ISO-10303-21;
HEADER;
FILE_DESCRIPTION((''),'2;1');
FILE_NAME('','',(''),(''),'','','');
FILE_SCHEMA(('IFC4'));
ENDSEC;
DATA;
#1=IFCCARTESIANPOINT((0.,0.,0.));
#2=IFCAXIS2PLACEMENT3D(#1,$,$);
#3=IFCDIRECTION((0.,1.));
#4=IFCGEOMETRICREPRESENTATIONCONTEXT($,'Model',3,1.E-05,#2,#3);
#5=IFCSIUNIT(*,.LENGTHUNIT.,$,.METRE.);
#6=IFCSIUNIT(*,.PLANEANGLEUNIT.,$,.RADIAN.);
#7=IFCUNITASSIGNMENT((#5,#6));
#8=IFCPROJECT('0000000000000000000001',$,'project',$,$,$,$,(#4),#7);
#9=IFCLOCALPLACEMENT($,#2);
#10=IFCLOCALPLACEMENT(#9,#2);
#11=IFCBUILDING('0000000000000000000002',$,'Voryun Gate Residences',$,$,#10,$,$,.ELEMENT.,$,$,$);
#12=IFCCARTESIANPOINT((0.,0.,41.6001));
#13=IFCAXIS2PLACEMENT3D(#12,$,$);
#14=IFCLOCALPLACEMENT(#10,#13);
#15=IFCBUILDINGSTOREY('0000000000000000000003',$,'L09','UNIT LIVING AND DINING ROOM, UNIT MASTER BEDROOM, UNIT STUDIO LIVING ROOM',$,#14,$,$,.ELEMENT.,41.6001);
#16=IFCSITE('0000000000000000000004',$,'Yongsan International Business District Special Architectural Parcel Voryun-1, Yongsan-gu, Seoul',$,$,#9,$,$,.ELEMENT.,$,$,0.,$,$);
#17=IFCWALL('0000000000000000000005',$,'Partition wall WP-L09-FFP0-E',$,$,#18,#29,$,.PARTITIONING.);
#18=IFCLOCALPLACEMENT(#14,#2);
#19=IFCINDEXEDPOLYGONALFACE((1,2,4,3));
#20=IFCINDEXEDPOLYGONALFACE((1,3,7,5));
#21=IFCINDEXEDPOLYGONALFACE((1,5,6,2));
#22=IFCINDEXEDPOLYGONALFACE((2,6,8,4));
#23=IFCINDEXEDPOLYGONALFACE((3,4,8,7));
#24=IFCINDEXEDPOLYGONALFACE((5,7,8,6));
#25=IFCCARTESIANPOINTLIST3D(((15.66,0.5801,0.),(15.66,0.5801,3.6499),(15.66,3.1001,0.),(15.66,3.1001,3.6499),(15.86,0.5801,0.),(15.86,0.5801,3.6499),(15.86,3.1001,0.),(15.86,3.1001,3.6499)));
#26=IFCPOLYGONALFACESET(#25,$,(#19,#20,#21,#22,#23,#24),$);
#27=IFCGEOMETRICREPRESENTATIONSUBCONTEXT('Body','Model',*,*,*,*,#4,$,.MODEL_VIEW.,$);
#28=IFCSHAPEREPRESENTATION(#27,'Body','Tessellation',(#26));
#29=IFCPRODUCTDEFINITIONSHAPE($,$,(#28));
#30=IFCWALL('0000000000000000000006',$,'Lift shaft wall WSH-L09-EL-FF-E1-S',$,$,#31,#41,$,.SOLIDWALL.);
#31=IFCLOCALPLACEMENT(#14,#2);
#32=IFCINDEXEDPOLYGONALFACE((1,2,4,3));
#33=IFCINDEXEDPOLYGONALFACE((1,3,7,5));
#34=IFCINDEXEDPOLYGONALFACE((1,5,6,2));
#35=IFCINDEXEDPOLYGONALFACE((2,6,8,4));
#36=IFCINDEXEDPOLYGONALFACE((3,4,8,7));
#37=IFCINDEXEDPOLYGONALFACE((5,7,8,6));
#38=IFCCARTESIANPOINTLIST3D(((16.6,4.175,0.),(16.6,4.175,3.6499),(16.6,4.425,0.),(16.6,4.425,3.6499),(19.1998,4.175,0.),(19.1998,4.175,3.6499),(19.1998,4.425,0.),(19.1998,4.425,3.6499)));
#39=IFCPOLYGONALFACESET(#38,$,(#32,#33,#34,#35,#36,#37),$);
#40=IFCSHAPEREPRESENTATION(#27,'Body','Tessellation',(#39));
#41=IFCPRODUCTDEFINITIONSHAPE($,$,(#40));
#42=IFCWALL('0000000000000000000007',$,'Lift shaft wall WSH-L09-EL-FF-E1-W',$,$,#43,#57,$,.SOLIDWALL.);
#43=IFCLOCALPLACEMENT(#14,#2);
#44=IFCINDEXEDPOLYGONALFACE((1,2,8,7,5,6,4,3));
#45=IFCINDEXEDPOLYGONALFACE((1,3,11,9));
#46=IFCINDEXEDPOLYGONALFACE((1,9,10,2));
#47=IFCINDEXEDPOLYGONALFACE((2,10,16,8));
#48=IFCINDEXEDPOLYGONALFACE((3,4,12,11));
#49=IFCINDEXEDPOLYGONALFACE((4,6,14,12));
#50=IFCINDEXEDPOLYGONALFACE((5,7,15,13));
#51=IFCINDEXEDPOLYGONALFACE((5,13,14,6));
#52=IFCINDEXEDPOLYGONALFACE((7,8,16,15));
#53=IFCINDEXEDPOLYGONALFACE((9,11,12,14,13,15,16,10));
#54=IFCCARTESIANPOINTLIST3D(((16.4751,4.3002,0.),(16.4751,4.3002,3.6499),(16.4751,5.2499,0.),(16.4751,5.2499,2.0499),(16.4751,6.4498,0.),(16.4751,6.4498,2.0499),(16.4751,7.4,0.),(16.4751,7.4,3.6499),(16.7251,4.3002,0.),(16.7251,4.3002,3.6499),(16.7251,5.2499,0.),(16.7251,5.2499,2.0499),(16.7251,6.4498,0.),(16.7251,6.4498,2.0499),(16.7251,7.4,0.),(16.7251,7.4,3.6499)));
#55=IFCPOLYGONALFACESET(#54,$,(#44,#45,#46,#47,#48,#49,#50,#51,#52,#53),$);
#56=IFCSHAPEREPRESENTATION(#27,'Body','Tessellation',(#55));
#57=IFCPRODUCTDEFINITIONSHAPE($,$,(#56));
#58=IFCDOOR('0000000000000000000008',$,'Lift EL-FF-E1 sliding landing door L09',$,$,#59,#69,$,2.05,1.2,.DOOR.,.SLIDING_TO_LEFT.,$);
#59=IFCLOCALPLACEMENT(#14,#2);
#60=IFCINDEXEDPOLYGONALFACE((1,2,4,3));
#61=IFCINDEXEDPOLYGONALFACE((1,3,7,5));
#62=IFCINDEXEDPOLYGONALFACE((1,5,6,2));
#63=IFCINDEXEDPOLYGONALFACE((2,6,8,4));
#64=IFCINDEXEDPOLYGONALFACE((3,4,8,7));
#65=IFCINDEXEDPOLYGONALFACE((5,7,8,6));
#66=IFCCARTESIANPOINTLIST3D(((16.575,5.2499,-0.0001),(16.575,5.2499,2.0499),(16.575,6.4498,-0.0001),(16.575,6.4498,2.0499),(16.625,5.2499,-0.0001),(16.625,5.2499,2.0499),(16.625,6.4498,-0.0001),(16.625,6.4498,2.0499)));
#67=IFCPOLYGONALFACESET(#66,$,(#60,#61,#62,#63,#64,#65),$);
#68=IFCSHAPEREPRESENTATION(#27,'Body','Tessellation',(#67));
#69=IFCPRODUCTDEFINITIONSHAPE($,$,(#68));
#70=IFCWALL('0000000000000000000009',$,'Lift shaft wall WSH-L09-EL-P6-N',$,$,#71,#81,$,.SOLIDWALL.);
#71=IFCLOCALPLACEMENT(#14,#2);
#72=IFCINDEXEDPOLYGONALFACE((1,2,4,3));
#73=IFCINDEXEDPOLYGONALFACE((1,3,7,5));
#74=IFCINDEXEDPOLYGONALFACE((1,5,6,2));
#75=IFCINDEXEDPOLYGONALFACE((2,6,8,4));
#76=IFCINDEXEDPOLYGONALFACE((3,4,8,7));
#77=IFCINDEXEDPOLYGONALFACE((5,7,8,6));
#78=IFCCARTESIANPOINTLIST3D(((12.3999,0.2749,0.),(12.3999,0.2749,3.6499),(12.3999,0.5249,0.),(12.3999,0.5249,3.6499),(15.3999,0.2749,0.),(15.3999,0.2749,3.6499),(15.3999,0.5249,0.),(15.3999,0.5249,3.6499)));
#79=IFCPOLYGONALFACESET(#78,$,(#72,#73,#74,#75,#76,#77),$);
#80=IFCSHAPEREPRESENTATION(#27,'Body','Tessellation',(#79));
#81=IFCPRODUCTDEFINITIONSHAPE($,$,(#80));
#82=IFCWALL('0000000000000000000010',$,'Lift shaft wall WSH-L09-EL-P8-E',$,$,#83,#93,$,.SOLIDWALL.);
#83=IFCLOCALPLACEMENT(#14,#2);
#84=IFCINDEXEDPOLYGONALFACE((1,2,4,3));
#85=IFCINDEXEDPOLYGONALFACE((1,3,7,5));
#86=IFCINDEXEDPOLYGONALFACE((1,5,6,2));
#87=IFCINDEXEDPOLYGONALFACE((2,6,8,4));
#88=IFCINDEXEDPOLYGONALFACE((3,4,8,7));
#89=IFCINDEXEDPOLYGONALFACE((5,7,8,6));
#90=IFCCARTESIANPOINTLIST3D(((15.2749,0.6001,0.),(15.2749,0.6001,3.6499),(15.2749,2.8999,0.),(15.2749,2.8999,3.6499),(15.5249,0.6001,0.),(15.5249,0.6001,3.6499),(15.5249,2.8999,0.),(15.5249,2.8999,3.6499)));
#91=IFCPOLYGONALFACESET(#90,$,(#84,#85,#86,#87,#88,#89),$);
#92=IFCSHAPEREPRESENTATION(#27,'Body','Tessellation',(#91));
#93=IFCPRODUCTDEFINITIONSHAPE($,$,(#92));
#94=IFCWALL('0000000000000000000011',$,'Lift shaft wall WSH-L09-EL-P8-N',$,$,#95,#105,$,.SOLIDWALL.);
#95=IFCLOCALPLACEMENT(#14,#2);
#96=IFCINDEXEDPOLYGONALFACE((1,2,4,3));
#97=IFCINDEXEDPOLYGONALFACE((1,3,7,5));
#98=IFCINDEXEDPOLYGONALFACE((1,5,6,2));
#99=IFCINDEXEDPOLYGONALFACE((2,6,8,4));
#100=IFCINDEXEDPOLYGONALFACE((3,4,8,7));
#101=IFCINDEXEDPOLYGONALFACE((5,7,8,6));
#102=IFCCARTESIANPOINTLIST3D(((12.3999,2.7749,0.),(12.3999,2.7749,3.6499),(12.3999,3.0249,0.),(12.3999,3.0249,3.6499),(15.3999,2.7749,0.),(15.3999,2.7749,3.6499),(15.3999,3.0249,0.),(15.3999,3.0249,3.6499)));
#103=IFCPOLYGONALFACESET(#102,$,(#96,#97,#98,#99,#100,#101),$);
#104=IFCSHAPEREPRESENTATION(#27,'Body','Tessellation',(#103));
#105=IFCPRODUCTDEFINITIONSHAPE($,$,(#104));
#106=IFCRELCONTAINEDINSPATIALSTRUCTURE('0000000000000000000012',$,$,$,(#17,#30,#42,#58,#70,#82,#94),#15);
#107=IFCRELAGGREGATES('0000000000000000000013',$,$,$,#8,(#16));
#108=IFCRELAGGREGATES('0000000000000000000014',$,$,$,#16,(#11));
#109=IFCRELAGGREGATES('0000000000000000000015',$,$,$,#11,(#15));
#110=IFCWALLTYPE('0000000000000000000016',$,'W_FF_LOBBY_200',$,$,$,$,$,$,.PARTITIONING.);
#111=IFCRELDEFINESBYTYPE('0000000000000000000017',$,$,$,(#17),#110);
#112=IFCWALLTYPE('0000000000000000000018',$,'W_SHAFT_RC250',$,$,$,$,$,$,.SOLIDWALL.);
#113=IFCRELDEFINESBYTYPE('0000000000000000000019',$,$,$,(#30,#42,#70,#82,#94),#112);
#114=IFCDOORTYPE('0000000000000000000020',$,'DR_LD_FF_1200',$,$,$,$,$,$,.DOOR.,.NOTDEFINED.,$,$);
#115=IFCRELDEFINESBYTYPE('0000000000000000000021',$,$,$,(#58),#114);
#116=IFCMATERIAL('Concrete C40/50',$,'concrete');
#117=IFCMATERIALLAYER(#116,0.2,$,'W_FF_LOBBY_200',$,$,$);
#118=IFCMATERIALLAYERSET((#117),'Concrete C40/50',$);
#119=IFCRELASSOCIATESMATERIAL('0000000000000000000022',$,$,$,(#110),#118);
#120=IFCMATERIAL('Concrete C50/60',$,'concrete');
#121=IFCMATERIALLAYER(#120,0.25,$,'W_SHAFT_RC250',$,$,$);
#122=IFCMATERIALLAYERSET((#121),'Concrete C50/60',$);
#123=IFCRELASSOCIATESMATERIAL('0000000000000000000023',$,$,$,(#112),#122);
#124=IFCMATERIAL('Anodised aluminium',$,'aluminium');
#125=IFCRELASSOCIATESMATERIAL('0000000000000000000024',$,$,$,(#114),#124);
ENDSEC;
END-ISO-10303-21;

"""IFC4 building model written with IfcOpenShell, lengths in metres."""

from ifc_helpers import new_model, si_unit, direction, frame, frame_2d, origin, place, context, subcontext, project, spatial, rectangle, extrude, material, layer, layer_set, type_object, element, fill, save


model = new_model("IFC4")

# Units and contexts
model_context = context("Model", 3, precision=1e-05, world=origin(), true_north=direction((0.0, 1.0)))
body_context = subcontext(model_context, "Body", "Model", "MODEL_VIEW")
ifc_project = project(units=[si_unit("LENGTHUNIT", "METRE"), si_unit("PLANEANGLEUNIT", "RADIAN")], contexts=[model_context])

# Site, building, storey
site_placement = place(None, origin())
site = spatial("IfcSite", under=ifc_project, at=site_placement, Name="Yongsan International Business District Special Architectural Parcel Voryun-1, Yongsan-gu, Seoul", CompositionType="ELEMENT", RefElevation=0.0)
building_placement = place(site_placement, origin())
building = spatial("IfcBuilding", under=site, at=building_placement, Name="Voryun Gate Residences", CompositionType="ELEMENT")
storey_placement = place(building_placement, frame((0.0, 0.0, 41.6001)))
storey = spatial("IfcBuildingStorey", under=building, at=storey_placement, Name="L09", Description="UNIT LIVING AND DINING ROOM, UNIT MASTER BEDROOM, UNIT STUDIO LIVING ROOM", CompositionType="ELEMENT", Elevation=41.6001)

# Walls
ifc_material_1 = material(Name="Concrete C40/50", Category="concrete")
ifc_layer_1 = layer(ifc_material_1, 0.2, Name="W_FF_LOBBY_200")
ifc_layer_set_1 = layer_set([ifc_layer_1], Name="Concrete C40/50")
wall_type_1 = type_object("IfcWallType", Name="W_FF_LOBBY_200", PredefinedType="PARTITIONING", material=ifc_layer_set_1)
wall_1_placement = place(storey_placement, frame((15.76, 0.5801, 0.0), z_axis=(0.0, 0.0, 1.0), x_axis=(0.0, 1.0, 0.0)))
element("IfcWall", 1, at=wall_1_placement, inside=storey, type_object=wall_type_1, Name="Partition wall WP-L09-FFP0-E", PredefinedType="PARTITIONING", context=body_context, shape_type="SweptSolid", body=[
    extrude(rectangle(XDim=2.52, YDim=0.2, at=frame_2d((1.26, 0.0))), origin(), (0.0, 0.0, 1.0), 3.6499),
])
ifc_material_2 = material(Name="Concrete C50/60", Category="concrete")
ifc_layer_2 = layer(ifc_material_2, 0.25, Name="W_SHAFT_RC250")
ifc_layer_set_2 = layer_set([ifc_layer_2], Name="Concrete C50/60")
wall_type_2 = type_object("IfcWallType", Name="W_SHAFT_RC250", PredefinedType="SOLIDWALL", material=ifc_layer_set_2)
wall_2_placement = place(storey_placement, frame((16.6001, 4.3, 0.0), z_axis=(0.0, 0.0, 1.0), x_axis=(1.0, 0.0, 0.0)))
element("IfcWall", 2, at=wall_2_placement, inside=storey, type_object=wall_type_2, Name="Lift shaft wall WSH-L09-EL-FF-E1-S", PredefinedType="SOLIDWALL", context=body_context, shape_type="SweptSolid", body=[
    extrude(rectangle(XDim=2.5999, YDim=0.25, at=frame_2d((1.2998, 0.0))), origin(), (0.0, 0.0, 1.0), 3.6499),
])

# Wall, opening, door
wall_3_placement = place(storey_placement, frame((16.6001, 7.3999, 0.0), z_axis=(0.0, 0.0, 1.0), x_axis=(0.0, -1.0, 0.0)))
wall_3 = element("IfcWall", 3, at=wall_3_placement, inside=storey, type_object=wall_type_2, Name="Lift shaft wall WSH-L09-EL-FF-E1-W", PredefinedType="SOLIDWALL", context=body_context, shape_type="SweptSolid", body=[
    extrude(rectangle(XDim=3.0999, YDim=0.25, at=frame_2d((1.5498, 0.0))), origin(), (0.0, 0.0, 1.0), 3.6499),
])
opening_1_placement = place(wall_3_placement, frame((0.95, 0.0, 0.0)))
opening_1 = element("IfcOpeningElement", 4, at=opening_1_placement, cuts=wall_3, PredefinedType="OPENING", context=body_context, shape_type="SweptSolid", body=[
    extrude(rectangle(XDim=1.2, YDim=2.05, at=frame_2d((0.6001, 1.0249))), frame((0.0, 0.135, 0.0), z_axis=(0.0, -1.0, 0.0), x_axis=(1.0, 0.0, 0.0)), (0.0, 0.0, 1.0), 0.27),
])
ifc_material_3 = material(Name="Anodised aluminium", Category="aluminium")
door_type_1 = type_object("IfcDoorType", Name="DR_LD_FF_1200", OperationType="NOTDEFINED", PredefinedType="DOOR", material=ifc_material_3)
door_1_placement = place(opening_1_placement, origin())
door_1 = element("IfcDoor", 5, at=door_1_placement, inside=storey, type_object=door_type_1, Name="Lift EL-FF-E1 sliding landing door L09", OperationType="SLIDING_TO_LEFT", OverallHeight=2.05, OverallWidth=1.2, PredefinedType="DOOR", context=body_context, shape_type="SweptSolid", body=[
    extrude(rectangle(XDim=1.2, YDim=2.05, at=frame_2d((0.6001, 1.0249))), frame((0.0, 0.0249, 0.0), z_axis=(0.0, -1.0, 0.0), x_axis=(1.0, 0.0, 0.0)), (0.0, 0.0, 1.0), 0.05),
])
fill(opening_1, door_1)

# Walls
wall_4_placement = place(storey_placement, frame((15.3999, 0.3999, 0.0), z_axis=(0.0, 0.0, 1.0), x_axis=(-1.0, 0.0, 0.0)))
element("IfcWall", 6, at=wall_4_placement, inside=storey, type_object=wall_type_2, Name="Lift shaft wall WSH-L09-EL-P6-N", PredefinedType="SOLIDWALL", context=body_context, shape_type="SweptSolid", body=[
    extrude(rectangle(XDim=3.0, YDim=0.25, at=frame_2d((1.5, 0.0))), origin(), (0.0, 0.0, 1.0), 3.6499),
])
wall_5_placement = place(storey_placement, frame((15.3999, 0.6001, 0.0), z_axis=(0.0, 0.0, 1.0), x_axis=(0.0, 1.0, 0.0)))
element("IfcWall", 7, at=wall_5_placement, inside=storey, type_object=wall_type_2, Name="Lift shaft wall WSH-L09-EL-P8-E", PredefinedType="SOLIDWALL", context=body_context, shape_type="SweptSolid", body=[
    extrude(rectangle(XDim=2.2998, YDim=0.25, at=frame_2d((1.1499, 0.0))), origin(), (0.0, 0.0, 1.0), 3.6499),
])
wall_6_placement = place(storey_placement, frame((15.3999, 2.8999, 0.0), z_axis=(0.0, 0.0, 1.0), x_axis=(-1.0, 0.0, 0.0)))
element("IfcWall", 8, at=wall_6_placement, inside=storey, type_object=wall_type_2, Name="Lift shaft wall WSH-L09-EL-P8-N", PredefinedType="SOLIDWALL", context=body_context, shape_type="SweptSolid", body=[
    extrude(rectangle(XDim=3.0, YDim=0.25, at=frame_2d((1.5, 0.0))), origin(), (0.0, 0.0, 1.0), 3.6499),
])

save(model, "model.ifc")
